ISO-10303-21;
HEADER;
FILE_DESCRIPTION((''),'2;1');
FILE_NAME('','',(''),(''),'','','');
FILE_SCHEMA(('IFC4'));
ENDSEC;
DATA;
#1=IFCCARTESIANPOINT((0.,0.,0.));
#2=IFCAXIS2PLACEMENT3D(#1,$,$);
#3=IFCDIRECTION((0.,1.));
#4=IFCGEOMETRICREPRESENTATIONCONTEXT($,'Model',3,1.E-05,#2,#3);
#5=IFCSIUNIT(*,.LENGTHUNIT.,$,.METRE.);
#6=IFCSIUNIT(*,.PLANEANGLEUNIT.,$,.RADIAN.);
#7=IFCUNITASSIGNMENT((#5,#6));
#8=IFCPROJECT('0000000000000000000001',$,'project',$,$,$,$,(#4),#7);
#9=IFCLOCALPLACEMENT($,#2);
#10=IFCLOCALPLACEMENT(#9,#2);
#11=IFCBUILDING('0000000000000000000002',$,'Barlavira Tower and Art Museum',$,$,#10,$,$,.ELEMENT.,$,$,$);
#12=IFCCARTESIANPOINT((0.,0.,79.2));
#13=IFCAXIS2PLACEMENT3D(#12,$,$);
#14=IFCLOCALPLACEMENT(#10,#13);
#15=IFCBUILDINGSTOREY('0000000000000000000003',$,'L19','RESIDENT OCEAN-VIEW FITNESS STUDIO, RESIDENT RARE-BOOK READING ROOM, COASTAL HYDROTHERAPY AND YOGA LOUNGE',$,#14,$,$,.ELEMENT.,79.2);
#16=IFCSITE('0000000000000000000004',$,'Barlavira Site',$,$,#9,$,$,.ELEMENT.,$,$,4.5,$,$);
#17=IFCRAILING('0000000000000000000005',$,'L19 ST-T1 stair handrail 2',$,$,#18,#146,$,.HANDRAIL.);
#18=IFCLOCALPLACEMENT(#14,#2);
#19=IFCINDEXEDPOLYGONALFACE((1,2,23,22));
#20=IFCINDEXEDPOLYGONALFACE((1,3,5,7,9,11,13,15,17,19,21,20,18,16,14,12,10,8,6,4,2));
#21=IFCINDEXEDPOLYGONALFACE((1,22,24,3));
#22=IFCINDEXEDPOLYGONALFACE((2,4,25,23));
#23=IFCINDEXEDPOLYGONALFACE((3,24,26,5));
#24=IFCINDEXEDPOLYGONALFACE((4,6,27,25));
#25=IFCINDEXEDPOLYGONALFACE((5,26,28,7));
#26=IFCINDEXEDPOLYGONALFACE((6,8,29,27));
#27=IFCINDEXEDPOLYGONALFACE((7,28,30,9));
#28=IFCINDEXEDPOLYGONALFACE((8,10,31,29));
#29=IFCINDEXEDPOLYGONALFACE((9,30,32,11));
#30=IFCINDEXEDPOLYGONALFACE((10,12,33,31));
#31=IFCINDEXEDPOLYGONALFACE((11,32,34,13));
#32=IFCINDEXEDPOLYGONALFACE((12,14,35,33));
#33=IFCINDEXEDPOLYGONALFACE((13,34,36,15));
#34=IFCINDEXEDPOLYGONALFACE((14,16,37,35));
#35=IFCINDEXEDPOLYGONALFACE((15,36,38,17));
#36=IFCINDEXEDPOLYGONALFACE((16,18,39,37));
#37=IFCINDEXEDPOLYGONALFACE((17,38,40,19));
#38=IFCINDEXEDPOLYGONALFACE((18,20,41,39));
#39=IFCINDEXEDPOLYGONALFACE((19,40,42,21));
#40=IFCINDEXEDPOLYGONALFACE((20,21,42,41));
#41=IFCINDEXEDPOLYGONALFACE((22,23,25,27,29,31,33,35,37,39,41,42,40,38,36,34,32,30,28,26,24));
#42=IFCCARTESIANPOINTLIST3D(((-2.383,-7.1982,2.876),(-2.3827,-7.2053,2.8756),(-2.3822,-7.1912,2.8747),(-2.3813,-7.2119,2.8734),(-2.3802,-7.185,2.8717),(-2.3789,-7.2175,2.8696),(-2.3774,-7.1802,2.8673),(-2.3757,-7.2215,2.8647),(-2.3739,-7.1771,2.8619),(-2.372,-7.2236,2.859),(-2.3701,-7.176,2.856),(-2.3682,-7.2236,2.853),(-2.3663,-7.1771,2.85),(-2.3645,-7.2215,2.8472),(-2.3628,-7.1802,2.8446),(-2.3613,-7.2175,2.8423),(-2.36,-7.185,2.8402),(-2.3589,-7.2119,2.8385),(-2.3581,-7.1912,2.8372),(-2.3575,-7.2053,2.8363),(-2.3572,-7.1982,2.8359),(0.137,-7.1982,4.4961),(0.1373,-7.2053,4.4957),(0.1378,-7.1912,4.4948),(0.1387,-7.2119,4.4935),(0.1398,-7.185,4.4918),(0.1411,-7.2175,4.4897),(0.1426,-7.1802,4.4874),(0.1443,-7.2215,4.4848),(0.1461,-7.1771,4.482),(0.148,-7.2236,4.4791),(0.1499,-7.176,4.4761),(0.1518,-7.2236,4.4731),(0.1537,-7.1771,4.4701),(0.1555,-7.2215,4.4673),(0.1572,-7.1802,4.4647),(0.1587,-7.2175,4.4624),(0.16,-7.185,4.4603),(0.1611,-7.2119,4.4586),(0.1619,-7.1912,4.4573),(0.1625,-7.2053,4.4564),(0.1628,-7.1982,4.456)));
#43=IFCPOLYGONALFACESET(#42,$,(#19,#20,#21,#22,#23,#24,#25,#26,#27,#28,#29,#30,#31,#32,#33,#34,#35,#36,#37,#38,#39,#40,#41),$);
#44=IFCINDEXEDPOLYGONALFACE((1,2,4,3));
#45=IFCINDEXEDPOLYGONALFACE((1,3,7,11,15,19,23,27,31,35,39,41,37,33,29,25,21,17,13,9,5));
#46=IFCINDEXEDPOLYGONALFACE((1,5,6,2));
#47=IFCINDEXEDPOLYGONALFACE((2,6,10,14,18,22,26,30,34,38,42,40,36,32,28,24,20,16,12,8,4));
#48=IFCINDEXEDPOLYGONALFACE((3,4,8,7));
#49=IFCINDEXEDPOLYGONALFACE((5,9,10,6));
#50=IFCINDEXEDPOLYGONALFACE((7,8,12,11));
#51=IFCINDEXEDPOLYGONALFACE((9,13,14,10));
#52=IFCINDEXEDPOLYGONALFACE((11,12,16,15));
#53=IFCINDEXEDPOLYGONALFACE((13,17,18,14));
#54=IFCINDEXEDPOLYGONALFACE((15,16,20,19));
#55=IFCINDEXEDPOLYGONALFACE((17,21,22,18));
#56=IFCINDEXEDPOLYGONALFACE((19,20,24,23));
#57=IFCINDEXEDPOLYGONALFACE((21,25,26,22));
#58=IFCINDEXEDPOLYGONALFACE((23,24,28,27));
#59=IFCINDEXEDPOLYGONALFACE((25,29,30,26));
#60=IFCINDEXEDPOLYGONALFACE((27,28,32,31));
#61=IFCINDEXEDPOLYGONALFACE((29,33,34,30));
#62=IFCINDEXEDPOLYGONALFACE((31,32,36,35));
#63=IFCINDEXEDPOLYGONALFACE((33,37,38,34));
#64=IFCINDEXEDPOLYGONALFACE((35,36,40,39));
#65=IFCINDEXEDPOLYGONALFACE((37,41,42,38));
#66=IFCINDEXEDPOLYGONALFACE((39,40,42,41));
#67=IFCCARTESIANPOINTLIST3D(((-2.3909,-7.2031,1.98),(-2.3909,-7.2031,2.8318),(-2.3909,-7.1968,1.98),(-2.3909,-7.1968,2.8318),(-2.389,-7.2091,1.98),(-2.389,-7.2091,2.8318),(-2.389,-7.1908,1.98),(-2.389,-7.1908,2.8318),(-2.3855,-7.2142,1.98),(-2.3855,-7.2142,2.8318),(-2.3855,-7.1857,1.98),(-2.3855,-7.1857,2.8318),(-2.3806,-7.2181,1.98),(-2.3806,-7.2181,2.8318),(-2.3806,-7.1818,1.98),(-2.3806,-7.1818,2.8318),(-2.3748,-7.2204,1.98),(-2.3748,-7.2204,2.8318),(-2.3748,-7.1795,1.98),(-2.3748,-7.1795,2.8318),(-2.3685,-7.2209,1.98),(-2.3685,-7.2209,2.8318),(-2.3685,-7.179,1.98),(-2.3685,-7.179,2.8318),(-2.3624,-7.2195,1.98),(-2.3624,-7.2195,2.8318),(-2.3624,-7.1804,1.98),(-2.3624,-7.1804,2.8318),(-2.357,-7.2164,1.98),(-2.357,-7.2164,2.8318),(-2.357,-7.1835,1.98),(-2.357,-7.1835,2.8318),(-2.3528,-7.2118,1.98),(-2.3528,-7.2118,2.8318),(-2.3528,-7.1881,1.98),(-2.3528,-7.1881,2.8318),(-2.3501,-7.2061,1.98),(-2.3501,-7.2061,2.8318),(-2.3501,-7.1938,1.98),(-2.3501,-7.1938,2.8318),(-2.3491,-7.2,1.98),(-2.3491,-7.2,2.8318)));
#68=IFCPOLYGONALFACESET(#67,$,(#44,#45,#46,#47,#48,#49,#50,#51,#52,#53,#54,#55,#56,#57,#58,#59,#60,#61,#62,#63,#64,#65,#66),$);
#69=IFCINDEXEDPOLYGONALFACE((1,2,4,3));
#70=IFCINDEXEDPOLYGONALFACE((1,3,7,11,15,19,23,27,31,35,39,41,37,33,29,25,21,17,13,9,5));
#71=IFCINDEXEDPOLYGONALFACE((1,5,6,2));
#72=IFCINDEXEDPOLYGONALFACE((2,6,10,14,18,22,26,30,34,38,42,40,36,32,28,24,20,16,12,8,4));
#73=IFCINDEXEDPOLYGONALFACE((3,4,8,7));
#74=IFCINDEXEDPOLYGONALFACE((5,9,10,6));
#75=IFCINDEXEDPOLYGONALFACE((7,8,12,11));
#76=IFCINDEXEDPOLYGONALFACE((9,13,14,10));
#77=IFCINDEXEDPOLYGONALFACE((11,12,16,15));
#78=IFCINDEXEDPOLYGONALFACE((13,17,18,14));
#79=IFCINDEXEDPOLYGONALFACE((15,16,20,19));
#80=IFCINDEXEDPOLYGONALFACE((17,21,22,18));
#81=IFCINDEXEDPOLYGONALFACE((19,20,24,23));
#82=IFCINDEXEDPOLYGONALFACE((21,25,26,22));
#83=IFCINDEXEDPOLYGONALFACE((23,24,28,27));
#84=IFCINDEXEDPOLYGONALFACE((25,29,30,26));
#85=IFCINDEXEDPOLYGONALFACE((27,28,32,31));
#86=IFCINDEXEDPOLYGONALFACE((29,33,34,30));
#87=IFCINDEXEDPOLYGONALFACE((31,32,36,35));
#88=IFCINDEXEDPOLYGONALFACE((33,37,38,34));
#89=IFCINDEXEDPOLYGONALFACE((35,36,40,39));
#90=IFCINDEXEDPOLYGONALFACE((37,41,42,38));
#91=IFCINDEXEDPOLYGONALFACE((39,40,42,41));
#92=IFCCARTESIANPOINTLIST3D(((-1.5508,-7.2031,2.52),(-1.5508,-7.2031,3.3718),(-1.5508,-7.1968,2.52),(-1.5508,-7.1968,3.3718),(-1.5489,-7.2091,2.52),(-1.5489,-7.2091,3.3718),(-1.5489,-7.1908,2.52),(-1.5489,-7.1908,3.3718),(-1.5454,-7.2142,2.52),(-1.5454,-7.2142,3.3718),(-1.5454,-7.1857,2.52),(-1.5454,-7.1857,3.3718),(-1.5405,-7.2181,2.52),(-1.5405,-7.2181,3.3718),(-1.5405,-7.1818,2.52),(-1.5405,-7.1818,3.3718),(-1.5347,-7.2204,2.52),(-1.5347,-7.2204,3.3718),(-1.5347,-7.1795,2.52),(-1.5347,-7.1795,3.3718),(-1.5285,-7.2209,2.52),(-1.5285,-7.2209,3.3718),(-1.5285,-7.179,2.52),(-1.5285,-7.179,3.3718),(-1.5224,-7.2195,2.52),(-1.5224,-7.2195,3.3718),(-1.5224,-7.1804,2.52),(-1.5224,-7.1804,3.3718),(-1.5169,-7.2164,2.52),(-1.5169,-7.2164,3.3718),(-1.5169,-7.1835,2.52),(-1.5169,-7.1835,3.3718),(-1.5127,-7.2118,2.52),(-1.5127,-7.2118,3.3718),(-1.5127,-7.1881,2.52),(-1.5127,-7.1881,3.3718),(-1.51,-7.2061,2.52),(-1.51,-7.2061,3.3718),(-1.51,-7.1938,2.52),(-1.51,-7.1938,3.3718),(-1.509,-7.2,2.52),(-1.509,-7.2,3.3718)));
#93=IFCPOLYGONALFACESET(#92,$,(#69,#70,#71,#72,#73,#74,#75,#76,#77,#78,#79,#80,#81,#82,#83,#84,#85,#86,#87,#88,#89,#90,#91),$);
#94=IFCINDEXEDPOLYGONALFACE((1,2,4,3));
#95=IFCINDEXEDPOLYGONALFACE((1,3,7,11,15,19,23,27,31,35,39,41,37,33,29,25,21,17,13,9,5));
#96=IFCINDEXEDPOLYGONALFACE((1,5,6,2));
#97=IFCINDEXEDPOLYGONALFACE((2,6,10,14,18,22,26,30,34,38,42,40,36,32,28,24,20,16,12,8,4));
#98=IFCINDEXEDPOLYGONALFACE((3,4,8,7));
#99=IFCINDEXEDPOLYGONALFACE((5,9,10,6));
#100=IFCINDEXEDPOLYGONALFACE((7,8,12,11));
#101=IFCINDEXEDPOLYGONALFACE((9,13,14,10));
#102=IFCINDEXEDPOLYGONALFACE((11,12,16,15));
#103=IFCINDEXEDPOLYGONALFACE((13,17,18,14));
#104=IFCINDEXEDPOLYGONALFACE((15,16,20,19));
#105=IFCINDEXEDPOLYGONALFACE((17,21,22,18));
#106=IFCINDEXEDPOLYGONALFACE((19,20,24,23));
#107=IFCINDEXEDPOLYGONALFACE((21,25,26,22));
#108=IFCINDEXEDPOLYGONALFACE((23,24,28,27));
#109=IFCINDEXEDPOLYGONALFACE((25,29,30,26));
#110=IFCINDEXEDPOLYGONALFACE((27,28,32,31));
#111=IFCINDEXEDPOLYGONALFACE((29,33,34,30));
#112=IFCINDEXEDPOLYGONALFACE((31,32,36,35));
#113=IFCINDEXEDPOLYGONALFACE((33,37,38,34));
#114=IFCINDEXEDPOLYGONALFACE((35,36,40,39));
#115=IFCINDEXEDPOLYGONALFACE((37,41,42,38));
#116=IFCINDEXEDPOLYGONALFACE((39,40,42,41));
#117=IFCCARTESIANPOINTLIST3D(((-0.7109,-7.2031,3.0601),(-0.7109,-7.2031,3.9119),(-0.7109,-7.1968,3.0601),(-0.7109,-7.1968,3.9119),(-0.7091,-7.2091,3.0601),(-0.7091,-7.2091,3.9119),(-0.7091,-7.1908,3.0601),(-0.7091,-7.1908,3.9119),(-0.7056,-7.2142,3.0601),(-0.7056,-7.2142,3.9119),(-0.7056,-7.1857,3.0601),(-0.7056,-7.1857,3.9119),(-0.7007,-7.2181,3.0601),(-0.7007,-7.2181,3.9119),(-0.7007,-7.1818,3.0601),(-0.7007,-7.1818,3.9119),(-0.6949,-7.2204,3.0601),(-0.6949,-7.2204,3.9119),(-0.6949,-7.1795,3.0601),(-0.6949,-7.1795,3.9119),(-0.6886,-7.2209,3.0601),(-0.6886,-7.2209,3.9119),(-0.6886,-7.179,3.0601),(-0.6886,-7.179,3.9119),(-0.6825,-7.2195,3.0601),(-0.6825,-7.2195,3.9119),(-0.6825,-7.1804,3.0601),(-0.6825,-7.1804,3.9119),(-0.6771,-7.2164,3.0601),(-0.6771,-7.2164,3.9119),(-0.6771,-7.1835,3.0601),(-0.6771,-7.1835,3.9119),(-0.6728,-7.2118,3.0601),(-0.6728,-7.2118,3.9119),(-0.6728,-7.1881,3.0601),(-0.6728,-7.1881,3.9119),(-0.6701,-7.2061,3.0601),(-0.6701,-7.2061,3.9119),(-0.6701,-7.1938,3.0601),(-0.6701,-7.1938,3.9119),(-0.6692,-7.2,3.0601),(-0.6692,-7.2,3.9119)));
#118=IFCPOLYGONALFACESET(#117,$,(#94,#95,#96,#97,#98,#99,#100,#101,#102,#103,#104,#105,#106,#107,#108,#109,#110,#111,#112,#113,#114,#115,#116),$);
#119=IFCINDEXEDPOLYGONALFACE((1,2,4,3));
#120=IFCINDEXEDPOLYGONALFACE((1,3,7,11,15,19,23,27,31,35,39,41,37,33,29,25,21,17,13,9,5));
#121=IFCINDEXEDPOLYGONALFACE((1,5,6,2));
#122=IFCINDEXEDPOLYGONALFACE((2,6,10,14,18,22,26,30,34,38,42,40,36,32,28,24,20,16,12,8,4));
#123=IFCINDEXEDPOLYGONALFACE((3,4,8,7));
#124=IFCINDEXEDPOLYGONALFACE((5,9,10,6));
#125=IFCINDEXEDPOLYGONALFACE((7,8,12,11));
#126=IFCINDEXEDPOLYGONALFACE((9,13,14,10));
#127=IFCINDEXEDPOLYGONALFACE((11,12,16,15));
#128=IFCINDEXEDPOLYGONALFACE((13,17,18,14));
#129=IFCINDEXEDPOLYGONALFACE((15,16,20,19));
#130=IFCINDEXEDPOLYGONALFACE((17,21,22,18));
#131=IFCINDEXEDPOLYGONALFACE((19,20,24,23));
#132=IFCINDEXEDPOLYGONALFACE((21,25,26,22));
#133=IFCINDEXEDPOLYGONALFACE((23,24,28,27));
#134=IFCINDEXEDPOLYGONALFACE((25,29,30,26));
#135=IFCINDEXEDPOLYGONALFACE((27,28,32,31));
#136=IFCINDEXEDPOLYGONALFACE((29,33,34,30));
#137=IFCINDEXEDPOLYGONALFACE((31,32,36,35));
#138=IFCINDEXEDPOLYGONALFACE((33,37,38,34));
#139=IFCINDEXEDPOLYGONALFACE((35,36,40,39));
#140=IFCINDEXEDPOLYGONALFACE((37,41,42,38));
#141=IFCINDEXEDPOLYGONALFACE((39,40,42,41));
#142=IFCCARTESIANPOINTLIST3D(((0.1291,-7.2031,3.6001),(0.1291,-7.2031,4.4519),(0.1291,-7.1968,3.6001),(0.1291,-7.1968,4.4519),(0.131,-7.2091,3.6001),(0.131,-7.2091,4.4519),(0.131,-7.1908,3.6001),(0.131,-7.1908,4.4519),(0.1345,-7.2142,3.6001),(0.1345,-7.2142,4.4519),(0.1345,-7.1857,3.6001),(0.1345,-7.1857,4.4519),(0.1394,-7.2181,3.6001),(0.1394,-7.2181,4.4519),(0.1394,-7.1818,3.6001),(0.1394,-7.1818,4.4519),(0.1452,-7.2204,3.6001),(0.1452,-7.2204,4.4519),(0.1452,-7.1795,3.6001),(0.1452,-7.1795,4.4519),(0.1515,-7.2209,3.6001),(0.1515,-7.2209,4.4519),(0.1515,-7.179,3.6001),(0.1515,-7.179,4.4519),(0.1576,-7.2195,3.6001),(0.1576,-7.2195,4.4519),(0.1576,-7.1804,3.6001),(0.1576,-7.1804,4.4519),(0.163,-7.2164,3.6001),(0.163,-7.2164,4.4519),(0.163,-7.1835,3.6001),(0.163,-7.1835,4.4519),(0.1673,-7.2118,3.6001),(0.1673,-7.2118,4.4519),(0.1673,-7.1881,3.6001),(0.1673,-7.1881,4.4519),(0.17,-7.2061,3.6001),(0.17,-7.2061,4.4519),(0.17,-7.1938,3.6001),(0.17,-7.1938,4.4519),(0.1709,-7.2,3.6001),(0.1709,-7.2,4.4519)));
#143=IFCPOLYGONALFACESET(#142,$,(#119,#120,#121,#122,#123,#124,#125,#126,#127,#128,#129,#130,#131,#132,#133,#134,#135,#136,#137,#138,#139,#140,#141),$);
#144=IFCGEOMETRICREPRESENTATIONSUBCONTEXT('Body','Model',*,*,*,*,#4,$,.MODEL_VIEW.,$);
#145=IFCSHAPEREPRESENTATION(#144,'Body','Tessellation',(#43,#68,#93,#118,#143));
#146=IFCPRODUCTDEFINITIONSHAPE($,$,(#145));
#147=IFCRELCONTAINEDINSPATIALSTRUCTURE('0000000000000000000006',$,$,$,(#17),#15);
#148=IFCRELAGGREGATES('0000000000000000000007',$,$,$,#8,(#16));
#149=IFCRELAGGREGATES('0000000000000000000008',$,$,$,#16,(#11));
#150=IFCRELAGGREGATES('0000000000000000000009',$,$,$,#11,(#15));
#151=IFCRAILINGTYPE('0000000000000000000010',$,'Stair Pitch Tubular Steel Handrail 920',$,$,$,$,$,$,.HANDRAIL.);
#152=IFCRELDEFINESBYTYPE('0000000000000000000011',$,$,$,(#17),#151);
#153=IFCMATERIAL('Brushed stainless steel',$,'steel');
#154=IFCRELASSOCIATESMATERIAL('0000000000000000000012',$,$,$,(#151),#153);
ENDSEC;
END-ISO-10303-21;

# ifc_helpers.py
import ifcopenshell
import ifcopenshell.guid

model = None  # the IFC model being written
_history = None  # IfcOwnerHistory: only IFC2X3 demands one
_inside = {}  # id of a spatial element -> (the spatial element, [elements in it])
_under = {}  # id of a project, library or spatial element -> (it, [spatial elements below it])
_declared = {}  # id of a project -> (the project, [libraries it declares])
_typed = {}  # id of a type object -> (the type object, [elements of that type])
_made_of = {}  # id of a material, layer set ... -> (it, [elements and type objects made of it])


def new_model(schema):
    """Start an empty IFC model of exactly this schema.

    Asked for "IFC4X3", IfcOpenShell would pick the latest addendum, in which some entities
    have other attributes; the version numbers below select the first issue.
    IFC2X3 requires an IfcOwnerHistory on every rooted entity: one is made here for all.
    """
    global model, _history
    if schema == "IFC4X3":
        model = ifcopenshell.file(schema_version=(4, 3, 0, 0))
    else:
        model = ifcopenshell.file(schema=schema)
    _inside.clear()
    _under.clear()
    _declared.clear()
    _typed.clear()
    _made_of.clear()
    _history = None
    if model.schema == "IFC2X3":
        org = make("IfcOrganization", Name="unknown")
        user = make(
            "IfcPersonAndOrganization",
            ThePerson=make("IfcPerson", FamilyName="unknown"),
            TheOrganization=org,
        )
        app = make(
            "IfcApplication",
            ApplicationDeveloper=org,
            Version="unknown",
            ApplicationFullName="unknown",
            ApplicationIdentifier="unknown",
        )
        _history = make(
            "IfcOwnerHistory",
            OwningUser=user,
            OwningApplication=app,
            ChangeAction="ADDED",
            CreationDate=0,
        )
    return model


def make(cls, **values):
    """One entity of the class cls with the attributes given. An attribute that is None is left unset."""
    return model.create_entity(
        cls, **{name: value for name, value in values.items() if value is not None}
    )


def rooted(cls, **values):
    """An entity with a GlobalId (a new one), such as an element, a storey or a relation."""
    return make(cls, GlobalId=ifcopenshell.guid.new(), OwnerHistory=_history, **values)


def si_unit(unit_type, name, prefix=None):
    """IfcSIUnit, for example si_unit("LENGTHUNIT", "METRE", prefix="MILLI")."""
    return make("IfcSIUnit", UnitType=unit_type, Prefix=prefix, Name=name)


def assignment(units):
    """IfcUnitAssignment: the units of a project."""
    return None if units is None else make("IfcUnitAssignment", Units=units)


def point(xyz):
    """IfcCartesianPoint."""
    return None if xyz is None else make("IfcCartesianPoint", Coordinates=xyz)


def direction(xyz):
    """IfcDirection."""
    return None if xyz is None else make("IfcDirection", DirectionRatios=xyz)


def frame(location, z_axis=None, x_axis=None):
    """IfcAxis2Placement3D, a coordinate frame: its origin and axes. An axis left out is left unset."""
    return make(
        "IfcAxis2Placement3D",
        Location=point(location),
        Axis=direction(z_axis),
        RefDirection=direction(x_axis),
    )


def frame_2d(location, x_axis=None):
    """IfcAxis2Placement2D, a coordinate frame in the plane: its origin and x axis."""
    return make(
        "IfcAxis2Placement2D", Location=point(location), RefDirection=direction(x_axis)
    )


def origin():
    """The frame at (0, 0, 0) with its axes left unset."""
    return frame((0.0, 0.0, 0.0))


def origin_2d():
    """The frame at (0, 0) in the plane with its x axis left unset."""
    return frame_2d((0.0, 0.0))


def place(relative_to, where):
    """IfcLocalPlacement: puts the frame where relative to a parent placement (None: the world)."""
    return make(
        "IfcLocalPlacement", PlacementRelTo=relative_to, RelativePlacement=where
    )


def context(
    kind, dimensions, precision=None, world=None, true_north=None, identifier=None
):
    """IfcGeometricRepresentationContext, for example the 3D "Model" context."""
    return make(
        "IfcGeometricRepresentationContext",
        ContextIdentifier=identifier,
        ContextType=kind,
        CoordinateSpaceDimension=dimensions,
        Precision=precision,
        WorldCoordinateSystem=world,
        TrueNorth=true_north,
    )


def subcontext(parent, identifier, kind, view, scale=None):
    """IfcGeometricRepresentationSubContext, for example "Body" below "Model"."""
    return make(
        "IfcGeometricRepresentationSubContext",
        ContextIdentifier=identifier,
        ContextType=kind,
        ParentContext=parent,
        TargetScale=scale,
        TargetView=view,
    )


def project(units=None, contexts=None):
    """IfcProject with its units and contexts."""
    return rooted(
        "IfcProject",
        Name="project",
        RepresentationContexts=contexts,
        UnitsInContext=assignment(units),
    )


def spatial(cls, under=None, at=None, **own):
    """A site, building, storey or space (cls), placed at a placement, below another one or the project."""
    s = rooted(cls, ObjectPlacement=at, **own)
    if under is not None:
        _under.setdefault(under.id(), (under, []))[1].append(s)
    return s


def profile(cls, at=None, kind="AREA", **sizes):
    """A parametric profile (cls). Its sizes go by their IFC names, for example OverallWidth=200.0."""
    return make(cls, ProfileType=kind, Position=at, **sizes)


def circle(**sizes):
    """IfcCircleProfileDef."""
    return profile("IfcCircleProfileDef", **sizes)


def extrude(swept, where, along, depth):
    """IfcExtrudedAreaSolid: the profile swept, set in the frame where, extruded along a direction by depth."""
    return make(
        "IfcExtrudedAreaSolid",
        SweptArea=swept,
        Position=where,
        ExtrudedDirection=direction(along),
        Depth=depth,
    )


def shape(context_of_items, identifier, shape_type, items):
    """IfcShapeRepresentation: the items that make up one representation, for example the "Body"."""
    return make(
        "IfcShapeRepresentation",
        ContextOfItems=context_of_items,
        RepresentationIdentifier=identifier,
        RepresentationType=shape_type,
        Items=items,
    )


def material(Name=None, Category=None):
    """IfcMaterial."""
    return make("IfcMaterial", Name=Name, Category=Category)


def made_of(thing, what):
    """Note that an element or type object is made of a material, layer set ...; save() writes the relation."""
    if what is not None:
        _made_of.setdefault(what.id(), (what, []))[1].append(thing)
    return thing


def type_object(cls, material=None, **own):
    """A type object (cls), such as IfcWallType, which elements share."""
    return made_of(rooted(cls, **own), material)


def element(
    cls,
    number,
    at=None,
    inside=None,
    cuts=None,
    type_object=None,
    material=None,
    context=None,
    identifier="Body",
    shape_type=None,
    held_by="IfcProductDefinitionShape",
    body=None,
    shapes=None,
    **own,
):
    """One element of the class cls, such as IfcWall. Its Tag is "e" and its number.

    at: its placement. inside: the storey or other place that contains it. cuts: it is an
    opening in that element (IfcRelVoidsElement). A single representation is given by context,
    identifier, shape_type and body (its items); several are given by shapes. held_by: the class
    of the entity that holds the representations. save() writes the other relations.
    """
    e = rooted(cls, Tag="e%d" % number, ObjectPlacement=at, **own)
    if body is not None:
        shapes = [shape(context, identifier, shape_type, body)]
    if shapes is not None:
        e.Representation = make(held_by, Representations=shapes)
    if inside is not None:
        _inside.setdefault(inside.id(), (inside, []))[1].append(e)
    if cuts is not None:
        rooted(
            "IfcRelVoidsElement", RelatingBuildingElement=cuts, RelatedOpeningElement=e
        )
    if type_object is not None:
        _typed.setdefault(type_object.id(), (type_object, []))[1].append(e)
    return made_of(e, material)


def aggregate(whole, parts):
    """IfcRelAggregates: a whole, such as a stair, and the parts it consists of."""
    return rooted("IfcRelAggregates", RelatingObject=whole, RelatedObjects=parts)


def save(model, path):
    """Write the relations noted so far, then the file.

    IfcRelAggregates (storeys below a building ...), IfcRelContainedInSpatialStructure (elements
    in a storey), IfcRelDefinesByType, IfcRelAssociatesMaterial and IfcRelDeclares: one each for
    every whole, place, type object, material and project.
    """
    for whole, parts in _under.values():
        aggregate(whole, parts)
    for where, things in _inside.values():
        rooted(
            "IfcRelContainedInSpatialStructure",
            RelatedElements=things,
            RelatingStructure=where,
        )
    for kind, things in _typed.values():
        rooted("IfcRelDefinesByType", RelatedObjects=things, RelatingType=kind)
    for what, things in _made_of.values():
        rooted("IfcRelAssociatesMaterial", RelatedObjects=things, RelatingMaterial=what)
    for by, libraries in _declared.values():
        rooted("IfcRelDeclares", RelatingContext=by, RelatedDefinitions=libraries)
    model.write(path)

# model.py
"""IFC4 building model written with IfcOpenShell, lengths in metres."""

from ifc_helpers import new_model, si_unit, direction, frame, origin, origin_2d, place, context, subcontext, project, spatial, circle, extrude, material, type_object, element, save


model = new_model("IFC4")

# Units and contexts
model_context = context("Model", 3, precision=1e-05, world=origin(), true_north=direction((0.0, 1.0)))
body_context = subcontext(model_context, "Body", "Model", "MODEL_VIEW")
ifc_project = project(units=[si_unit("LENGTHUNIT", "METRE"), si_unit("PLANEANGLEUNIT", "RADIAN")], contexts=[model_context])

# Site, building, storey
site_placement = place(None, origin())
site = spatial("IfcSite", under=ifc_project, at=site_placement, Name="Barlavira Site", CompositionType="ELEMENT", RefElevation=4.5)
building_placement = place(site_placement, origin())
building = spatial("IfcBuilding", under=site, at=building_placement, Name="Barlavira Tower and Art Museum", CompositionType="ELEMENT")
storey_placement = place(building_placement, frame((0.0, 0.0, 79.2)))
storey = spatial("IfcBuildingStorey", under=building, at=storey_placement, Name="L19", Description="RESIDENT OCEAN-VIEW FITNESS STUDIO, RESIDENT RARE-BOOK READING ROOM, COASTAL HYDROTHERAPY AND YOGA LOUNGE", CompositionType="ELEMENT", Elevation=79.2)

# Shared definitions
ifc_material_1 = material(Name="Brushed stainless steel", Category="steel")

# Railing
railing_type_1 = type_object("IfcRailingType", Name="Stair Pitch Tubular Steel Handrail 920", PredefinedType="HANDRAIL", material=ifc_material_1)
railing_1_placement = place(storey_placement, frame((-2.3701, -7.2, 1.98)))
element("IfcRailing", 1, at=railing_1_placement, inside=storey, type_object=railing_type_1, Name="L19 ST-T1 stair handrail 2", PredefinedType="HANDRAIL", context=body_context, shape_type="SweptSolid", body=[
    extrude(circle(Radius=0.0239, at=origin_2d()), frame((0.0, 0.0, 0.876), z_axis=(0.841163, 0.0, 0.540782), x_axis=(0.0, 1.0, 0.0)), (0.0, 0.0, 1.0), 2.9958),
    extrude(circle(Radius=0.021, at=origin_2d()), origin(), (0.0, 0.0, 1.0), 0.8518),
    extrude(circle(Radius=0.021, at=origin_2d()), frame((0.8401, 0.0, 0.54)), (0.0, 0.0, 1.0), 0.8518),
    extrude(circle(Radius=0.021, at=origin_2d()), frame((1.6799, 0.0, 1.0801)), (0.0, 0.0, 1.0), 0.8518),
    extrude(circle(Radius=0.021, at=origin_2d()), frame((2.52, 0.0, 1.6201)), (0.0, 0.0, 1.0), 0.8518),
])

save(model, "model.ifc")
